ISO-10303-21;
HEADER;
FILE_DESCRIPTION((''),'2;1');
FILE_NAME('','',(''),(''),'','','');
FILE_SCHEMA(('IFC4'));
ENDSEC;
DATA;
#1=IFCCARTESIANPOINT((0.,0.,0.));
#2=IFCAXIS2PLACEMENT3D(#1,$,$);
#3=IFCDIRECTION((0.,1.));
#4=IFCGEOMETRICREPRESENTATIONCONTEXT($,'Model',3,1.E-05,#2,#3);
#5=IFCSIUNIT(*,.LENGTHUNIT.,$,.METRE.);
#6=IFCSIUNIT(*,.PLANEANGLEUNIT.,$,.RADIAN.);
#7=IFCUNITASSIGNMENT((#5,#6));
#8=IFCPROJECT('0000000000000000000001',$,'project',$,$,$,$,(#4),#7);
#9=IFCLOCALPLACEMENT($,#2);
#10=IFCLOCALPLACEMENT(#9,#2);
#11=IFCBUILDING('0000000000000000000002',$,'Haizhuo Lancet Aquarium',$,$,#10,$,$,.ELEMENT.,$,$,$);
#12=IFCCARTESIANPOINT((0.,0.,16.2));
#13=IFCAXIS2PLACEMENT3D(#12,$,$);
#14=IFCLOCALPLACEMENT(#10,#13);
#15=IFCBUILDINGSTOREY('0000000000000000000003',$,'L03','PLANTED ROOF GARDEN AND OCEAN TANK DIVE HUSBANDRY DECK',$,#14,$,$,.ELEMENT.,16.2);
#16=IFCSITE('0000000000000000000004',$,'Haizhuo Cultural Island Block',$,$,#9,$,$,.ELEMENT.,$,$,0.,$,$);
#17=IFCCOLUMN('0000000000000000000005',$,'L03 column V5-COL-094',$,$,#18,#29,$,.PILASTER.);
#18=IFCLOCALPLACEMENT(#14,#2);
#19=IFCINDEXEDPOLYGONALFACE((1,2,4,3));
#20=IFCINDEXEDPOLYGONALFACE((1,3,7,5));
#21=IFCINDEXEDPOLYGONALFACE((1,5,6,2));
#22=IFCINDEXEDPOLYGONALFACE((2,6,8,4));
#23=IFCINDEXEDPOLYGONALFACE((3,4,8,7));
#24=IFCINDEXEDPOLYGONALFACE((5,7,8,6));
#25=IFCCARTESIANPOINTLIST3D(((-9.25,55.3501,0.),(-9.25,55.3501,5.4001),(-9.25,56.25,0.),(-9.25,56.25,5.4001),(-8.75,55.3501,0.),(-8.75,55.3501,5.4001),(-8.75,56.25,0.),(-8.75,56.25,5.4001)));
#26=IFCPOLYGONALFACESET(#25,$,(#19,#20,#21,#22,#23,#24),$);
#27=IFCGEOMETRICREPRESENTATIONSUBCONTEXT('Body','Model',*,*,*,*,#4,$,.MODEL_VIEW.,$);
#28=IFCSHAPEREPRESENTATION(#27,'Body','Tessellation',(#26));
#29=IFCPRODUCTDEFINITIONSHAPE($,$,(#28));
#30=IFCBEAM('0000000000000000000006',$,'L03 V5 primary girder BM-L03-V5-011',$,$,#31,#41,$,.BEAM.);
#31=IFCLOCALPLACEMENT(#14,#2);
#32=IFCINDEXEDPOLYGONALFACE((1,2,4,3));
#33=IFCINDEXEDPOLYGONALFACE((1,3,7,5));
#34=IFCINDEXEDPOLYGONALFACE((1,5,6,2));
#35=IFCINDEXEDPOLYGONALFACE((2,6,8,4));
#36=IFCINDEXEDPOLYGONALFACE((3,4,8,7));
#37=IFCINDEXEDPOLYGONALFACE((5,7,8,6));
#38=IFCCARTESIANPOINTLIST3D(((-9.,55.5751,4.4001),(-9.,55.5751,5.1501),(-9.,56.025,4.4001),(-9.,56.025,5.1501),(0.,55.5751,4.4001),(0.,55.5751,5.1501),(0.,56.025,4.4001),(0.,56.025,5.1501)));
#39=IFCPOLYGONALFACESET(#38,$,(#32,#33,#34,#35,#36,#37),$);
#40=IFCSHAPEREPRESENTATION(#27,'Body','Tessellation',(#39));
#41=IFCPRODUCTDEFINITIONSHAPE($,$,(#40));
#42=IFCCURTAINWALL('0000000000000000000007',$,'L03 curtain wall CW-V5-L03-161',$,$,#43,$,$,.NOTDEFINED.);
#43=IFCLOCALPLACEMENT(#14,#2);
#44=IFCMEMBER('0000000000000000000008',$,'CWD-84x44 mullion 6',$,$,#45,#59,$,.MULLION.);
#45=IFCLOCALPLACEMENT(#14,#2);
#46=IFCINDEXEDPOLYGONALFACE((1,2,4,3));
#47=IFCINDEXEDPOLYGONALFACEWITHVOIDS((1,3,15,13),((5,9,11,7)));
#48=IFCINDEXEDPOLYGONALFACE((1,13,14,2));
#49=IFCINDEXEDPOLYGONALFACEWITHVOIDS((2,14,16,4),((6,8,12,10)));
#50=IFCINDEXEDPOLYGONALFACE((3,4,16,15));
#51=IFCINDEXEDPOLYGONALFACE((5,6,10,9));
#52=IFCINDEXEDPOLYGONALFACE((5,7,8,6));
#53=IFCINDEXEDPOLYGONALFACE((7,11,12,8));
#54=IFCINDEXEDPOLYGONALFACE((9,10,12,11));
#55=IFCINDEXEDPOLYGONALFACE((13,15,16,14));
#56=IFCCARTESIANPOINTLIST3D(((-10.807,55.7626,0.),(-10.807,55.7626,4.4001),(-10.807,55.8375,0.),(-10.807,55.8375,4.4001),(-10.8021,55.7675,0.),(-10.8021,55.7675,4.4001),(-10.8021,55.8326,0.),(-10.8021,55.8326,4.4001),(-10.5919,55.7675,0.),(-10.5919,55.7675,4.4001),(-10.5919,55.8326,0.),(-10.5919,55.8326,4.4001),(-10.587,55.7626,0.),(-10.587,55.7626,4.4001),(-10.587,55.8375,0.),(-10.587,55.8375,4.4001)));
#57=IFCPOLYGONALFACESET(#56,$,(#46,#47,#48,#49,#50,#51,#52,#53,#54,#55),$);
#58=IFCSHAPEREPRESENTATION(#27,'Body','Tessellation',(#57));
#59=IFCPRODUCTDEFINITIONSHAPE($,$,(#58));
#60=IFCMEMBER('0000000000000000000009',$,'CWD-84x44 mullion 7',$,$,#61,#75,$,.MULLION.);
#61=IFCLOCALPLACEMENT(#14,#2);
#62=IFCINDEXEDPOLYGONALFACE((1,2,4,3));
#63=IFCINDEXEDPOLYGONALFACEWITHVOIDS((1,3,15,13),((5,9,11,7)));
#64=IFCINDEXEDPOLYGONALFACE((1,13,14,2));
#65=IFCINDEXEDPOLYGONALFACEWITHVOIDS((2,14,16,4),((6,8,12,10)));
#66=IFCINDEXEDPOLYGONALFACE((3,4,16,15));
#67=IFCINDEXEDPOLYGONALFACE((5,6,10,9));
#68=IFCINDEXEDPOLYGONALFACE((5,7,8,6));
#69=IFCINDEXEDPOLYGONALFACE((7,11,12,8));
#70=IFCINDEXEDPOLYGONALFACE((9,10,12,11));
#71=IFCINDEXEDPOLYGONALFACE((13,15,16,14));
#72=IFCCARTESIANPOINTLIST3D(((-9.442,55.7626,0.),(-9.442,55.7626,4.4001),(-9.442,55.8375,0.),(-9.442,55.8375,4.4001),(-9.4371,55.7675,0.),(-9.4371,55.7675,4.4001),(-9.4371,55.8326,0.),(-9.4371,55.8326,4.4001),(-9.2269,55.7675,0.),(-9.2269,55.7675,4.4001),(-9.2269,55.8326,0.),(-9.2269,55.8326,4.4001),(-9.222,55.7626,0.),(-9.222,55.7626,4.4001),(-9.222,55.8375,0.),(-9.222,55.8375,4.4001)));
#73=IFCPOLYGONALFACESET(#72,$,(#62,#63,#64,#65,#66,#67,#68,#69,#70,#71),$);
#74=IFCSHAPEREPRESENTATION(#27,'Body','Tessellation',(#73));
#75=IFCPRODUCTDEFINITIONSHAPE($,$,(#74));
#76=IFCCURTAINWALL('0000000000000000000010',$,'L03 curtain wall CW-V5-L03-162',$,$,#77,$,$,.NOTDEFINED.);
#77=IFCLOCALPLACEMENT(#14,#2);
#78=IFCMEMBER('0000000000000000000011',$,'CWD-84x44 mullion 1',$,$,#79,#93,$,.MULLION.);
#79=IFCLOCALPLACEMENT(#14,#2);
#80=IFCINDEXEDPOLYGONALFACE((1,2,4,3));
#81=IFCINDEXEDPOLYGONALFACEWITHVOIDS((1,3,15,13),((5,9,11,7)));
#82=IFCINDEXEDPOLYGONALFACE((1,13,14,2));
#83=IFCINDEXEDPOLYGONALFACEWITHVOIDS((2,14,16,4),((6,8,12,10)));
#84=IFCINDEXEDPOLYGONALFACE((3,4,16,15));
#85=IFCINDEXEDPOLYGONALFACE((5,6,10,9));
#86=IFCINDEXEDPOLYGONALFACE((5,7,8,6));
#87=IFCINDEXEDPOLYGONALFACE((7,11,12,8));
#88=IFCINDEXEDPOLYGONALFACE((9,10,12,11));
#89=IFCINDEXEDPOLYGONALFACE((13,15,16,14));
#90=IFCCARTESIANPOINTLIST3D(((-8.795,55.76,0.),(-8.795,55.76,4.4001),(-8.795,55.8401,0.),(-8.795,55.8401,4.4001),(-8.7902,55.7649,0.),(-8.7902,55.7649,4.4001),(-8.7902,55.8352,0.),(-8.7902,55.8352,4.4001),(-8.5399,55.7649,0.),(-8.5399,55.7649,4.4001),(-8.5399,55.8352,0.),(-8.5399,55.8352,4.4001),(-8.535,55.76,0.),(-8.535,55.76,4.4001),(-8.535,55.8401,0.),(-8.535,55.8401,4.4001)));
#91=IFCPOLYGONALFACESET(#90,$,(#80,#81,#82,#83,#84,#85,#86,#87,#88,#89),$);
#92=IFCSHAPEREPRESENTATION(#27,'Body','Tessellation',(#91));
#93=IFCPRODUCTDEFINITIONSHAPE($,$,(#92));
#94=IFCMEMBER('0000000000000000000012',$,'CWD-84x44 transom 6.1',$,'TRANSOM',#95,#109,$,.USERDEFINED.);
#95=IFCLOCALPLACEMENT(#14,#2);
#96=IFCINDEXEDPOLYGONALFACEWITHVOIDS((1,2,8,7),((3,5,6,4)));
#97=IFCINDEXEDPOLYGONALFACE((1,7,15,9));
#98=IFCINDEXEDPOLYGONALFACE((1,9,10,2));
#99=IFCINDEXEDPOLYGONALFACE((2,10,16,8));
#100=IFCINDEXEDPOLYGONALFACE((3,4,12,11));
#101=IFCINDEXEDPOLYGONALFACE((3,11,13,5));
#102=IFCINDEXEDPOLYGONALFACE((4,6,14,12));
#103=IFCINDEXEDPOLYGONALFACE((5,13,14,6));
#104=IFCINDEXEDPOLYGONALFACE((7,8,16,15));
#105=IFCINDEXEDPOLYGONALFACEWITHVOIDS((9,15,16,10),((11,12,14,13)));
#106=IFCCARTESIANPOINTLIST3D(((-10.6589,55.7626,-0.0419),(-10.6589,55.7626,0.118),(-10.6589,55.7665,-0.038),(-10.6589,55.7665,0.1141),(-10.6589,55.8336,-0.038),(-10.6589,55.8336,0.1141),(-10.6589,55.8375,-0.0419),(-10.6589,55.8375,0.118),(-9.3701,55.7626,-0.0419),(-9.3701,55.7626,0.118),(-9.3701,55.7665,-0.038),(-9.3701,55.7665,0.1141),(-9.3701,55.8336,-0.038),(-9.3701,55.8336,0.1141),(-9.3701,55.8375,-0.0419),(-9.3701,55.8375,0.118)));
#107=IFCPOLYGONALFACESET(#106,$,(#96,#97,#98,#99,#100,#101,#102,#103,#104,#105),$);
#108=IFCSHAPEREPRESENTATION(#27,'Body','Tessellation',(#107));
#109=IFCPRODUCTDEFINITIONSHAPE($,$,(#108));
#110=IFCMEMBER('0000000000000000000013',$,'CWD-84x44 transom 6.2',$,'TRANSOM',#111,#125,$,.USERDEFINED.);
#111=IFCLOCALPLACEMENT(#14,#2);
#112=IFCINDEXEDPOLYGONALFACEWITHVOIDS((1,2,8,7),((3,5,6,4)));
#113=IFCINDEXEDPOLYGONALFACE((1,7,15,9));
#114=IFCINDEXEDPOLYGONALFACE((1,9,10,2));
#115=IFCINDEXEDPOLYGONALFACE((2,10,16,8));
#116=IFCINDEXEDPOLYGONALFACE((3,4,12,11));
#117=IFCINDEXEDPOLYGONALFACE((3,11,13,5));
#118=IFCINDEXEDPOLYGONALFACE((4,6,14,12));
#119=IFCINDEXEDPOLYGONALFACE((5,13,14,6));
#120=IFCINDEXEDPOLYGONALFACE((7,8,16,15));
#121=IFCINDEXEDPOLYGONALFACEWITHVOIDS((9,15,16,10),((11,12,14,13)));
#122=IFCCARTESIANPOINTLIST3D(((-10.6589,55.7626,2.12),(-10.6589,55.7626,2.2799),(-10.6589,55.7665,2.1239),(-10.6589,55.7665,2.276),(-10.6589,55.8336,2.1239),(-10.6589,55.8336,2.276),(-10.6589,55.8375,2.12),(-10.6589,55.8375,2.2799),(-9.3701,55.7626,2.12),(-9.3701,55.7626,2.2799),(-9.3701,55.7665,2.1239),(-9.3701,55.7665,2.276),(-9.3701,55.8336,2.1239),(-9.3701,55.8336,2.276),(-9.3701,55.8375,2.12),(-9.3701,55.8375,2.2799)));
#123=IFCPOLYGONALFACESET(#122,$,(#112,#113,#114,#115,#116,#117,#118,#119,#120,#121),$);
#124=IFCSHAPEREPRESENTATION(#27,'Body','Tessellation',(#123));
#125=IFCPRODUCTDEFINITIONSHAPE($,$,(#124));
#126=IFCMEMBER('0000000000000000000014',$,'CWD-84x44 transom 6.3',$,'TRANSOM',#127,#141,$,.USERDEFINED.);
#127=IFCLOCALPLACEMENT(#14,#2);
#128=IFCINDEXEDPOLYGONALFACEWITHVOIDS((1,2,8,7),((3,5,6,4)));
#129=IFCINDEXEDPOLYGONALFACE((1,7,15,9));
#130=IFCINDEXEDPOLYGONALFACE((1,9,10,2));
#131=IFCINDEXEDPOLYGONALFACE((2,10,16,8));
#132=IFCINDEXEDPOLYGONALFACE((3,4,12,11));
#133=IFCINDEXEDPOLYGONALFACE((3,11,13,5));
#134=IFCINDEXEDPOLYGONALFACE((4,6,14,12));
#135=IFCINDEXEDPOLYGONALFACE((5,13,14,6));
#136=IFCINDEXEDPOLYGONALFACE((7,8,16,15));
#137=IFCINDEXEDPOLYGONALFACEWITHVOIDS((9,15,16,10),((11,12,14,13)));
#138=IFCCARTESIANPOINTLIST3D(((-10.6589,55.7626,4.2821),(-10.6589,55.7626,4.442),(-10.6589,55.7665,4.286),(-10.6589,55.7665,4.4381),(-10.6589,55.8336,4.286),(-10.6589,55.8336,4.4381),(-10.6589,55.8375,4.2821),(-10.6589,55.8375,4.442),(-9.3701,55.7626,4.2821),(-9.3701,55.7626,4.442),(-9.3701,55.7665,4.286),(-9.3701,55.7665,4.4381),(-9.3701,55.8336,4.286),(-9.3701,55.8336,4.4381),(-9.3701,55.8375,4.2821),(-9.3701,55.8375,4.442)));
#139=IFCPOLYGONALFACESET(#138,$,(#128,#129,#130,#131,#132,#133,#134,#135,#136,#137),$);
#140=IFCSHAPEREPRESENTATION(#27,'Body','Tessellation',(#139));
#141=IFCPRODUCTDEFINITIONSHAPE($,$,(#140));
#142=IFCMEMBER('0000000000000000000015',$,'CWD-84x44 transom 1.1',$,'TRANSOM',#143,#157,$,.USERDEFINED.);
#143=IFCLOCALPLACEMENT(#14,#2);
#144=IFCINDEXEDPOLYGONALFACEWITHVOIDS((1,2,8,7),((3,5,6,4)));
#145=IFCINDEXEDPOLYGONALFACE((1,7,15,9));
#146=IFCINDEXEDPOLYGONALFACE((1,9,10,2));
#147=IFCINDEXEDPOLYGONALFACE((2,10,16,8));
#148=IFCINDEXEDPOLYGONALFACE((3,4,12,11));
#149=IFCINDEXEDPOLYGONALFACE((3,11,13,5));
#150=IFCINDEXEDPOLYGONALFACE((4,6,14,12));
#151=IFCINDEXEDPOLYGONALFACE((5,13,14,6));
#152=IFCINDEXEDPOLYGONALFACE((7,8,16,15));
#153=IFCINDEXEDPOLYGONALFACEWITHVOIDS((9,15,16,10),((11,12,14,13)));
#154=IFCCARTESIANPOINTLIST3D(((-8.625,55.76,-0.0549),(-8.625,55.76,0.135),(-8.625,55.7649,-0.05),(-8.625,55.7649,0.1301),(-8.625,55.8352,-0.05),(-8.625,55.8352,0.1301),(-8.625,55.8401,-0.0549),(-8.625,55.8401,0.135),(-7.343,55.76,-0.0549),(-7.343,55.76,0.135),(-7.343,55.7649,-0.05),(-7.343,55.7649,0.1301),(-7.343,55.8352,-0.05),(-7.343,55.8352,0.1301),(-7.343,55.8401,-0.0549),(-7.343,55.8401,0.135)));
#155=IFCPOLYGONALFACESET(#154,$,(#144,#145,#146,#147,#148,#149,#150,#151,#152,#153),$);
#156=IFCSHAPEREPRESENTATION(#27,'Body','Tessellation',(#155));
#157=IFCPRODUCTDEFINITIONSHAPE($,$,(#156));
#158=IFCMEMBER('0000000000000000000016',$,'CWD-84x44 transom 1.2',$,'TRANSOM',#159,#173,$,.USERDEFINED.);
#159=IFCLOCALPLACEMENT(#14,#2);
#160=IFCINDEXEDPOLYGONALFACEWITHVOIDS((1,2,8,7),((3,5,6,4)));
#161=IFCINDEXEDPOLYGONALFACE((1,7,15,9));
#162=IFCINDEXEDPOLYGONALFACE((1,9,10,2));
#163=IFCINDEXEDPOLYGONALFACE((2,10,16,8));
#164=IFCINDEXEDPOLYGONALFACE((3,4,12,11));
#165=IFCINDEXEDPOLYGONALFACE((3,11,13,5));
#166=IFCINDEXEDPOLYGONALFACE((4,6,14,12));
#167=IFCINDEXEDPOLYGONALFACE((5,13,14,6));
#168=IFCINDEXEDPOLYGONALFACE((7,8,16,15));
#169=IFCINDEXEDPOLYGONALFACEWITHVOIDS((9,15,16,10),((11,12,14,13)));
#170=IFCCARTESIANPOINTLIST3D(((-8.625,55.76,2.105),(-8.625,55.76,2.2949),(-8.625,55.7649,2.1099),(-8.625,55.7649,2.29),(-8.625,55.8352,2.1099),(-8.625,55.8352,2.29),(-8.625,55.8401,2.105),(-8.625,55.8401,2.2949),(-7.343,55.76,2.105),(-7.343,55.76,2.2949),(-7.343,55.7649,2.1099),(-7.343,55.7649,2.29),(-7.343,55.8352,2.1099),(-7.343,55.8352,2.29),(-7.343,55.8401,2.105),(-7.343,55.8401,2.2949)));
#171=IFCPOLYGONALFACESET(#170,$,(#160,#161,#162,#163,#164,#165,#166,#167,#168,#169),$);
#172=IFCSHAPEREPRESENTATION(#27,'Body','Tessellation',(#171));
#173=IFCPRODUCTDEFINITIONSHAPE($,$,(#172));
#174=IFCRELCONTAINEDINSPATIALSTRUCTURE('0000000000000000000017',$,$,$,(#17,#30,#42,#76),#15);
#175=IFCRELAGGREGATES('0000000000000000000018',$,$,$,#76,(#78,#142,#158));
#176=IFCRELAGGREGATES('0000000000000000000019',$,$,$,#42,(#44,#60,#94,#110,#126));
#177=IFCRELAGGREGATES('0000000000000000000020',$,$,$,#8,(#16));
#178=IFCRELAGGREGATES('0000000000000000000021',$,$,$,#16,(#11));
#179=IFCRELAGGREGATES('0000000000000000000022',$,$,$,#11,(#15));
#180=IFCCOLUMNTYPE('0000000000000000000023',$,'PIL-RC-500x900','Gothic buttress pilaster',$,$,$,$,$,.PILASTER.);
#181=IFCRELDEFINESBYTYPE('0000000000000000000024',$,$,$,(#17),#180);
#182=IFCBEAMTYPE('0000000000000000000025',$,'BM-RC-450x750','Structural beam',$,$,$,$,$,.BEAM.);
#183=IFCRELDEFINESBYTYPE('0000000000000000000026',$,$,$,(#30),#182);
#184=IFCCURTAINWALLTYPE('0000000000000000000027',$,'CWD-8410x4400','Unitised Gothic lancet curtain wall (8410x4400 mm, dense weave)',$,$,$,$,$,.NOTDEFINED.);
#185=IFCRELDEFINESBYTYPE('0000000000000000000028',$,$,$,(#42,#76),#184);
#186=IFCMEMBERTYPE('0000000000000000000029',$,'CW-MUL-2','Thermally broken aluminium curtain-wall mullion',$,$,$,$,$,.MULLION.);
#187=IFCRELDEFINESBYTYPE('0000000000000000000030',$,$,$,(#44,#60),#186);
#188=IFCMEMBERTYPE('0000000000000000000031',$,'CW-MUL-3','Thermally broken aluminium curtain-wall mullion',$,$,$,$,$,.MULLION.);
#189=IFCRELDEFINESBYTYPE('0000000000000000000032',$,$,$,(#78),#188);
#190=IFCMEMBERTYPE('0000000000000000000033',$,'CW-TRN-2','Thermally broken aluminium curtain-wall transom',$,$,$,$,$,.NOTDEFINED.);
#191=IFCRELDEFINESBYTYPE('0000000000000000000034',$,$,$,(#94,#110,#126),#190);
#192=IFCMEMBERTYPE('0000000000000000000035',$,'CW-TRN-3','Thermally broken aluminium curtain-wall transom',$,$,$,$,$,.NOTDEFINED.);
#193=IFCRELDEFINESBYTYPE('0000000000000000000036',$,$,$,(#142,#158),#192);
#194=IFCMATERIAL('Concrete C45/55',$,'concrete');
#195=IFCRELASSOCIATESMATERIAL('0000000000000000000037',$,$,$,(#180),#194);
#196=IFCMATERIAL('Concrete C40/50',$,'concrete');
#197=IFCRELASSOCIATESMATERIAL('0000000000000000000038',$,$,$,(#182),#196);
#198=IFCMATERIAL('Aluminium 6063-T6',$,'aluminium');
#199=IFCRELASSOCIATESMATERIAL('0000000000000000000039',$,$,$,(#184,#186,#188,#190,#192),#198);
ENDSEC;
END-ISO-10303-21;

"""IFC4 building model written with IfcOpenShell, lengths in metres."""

from ifc_helpers import new_model, si_unit, direction, frame, origin, origin_2d, place, context, subcontext, project, spatial, rectangle, hollow_rectangle, extrude, material, material_profile, profile_set, type_object, element, aggregate, save


model = new_model("IFC4")

# Units and contexts
model_context = context("Model", 3, precision=1e-05, world=origin(), true_north=direction((0.0, 1.0)))
body_context = subcontext(model_context, "Body", "Model", "MODEL_VIEW")
ifc_project = project(units=[si_unit("LENGTHUNIT", "METRE"), si_unit("PLANEANGLEUNIT", "RADIAN")], contexts=[model_context])

# Site, building, storey
site_placement = place(None, origin())
site = spatial("IfcSite", under=ifc_project, at=site_placement, Name="Haizhuo Cultural Island Block", CompositionType="ELEMENT", RefElevation=0.0)
building_placement = place(site_placement, origin())
building = spatial("IfcBuilding", under=site, at=building_placement, Name="Haizhuo Lancet Aquarium", CompositionType="ELEMENT")
storey_placement = place(building_placement, frame((0.0, 0.0, 16.2)))
storey = spatial("IfcBuildingStorey", under=building, at=storey_placement, Name="L03", Description="PLANTED ROOF GARDEN AND OCEAN TANK DIVE HUSBANDRY DECK", CompositionType="ELEMENT", Elevation=16.2)

# Column
ifc_material_1 = material(Name="Concrete C45/55", Category="concrete")
ifc_material_profile_1 = material_profile(ifc_material_1, rectangle(XDim=0.5, YDim=0.8999, at=origin_2d()), Name="RC-PIL 500x900")
ifc_profile_set_1 = profile_set([ifc_material_profile_1], Name="Concrete C45/55")
column_type = type_object("IfcColumnType", Name="PIL-RC-500x900", Description="Gothic buttress pilaster", PredefinedType="PILASTER", material=ifc_profile_set_1)
column_placement = place(storey_placement, frame((-9.0, 55.8, 0.0), z_axis=(0.0, 0.0, 1.0), x_axis=(1.0, 0.0, 0.0)))
element("IfcColumn", 1, at=column_placement, inside=storey, type_object=column_type, Name="L03 column V5-COL-094", PredefinedType="PILASTER", context=body_context, shape_type="SweptSolid", body=[
    extrude(rectangle(XDim=0.5, YDim=0.8999, at=origin_2d()), origin(), (0.0, 0.0, 1.0), 5.4001),
])

# Beam
ifc_material_2 = material(Name="Concrete C40/50", Category="concrete")
ifc_material_profile_2 = material_profile(ifc_material_2, rectangle(XDim=0.45, YDim=0.75, at=origin_2d()), Name="RC-BM 450x750")
ifc_profile_set_2 = profile_set([ifc_material_profile_2], Name="Concrete C40/50")
beam_type = type_object("IfcBeamType", Name="BM-RC-450x750", Description="Structural beam", PredefinedType="BEAM", material=ifc_profile_set_2)
beam_placement = place(storey_placement, frame((-9.0, 55.8, 4.7751), z_axis=(1.0, 0.0, 0.0), x_axis=(0.0, 1.0, 0.0)))
element("IfcBeam", 2, at=beam_placement, inside=storey, type_object=beam_type, Name="L03 V5 primary girder BM-L03-V5-011", PredefinedType="BEAM", context=body_context, shape_type="SweptSolid", body=[
    extrude(rectangle(XDim=0.45, YDim=0.75, at=origin_2d()), origin(), (0.0, 0.0, 1.0), 9.0),
])

# Curtain wall, members
ifc_material_3 = material(Name="Aluminium 6063-T6", Category="aluminium")
curtain_wall_type = type_object("IfcCurtainWallType", Name="CWD-8410x4400", Description="Unitised Gothic lancet curtain wall (8410x4400 mm, dense weave)", PredefinedType="NOTDEFINED", material=ifc_material_3)
curtain_wall_1_placement = place(storey_placement, origin())
curtain_wall_1 = element("IfcCurtainWall", 3, at=curtain_wall_1_placement, inside=storey, type_object=curtain_wall_type, Name="L03 curtain wall CW-V5-L03-161", PredefinedType="NOTDEFINED")
ifc_material_profile_3 = material_profile(ifc_material_3, hollow_rectangle(XDim=0.075, YDim=0.22, WallThickness=0.0049, at=origin_2d()), Name="ALU-M 75x220x5")
ifc_profile_set_3 = profile_set([ifc_material_profile_3], Name="Aluminium 6063-T6")
member_type_1 = type_object("IfcMemberType", Name="CW-MUL-2", Description="Thermally broken aluminium curtain-wall mullion", PredefinedType="MULLION", material=ifc_profile_set_3)
member_1_placement = place(storey_placement, frame((-10.697, 55.8, 0.0), z_axis=(0.0, 0.0, 1.0), x_axis=(0.0, 1.0, 0.0)))
member_1 = element("IfcMember", 4, at=member_1_placement, type_object=member_type_1, Name="CWD-84x44 mullion 6", PredefinedType="MULLION", context=body_context, shape_type="SweptSolid", body=[
    extrude(hollow_rectangle(XDim=0.075, YDim=0.22, WallThickness=0.0049, at=origin_2d()), origin(), (0.0, 0.0, 1.0), 4.4001),
])
member_2_placement = place(storey_placement, frame((-9.332, 55.8, 0.0), z_axis=(0.0, 0.0, 1.0), x_axis=(0.0, 1.0, 0.0)))
member_2 = element("IfcMember", 5, at=member_2_placement, type_object=member_type_1, Name="CWD-84x44 mullion 7", PredefinedType="MULLION", context=body_context, shape_type="SweptSolid", body=[
    extrude(hollow_rectangle(XDim=0.075, YDim=0.22, WallThickness=0.0049, at=origin_2d()), origin(), (0.0, 0.0, 1.0), 4.4001),
])

# Curtain wall, member
curtain_wall_2_placement = place(storey_placement, origin())
curtain_wall_2 = element("IfcCurtainWall", 6, at=curtain_wall_2_placement, inside=storey, type_object=curtain_wall_type, Name="L03 curtain wall CW-V5-L03-162", PredefinedType="NOTDEFINED")
ifc_material_profile_4 = material_profile(ifc_material_3, hollow_rectangle(XDim=0.0801, YDim=0.26, WallThickness=0.0049, at=origin_2d()), Name="ALU-M 80x260x5")
ifc_profile_set_4 = profile_set([ifc_material_profile_4], Name="Aluminium 6063-T6")
member_type_2 = type_object("IfcMemberType", Name="CW-MUL-3", Description="Thermally broken aluminium curtain-wall mullion", PredefinedType="MULLION", material=ifc_profile_set_4)
member_3_placement = place(storey_placement, frame((-8.665, 55.8, 0.0), z_axis=(0.0, 0.0, 1.0), x_axis=(0.0, 1.0, 0.0)))
member_3 = element("IfcMember", 7, at=member_3_placement, type_object=member_type_2, Name="CWD-84x44 mullion 1", PredefinedType="MULLION", context=body_context, shape_type="SweptSolid", body=[
    extrude(hollow_rectangle(XDim=0.0801, YDim=0.26, WallThickness=0.0049, at=origin_2d()), origin(), (0.0, 0.0, 1.0), 4.4001),
])

# Members
ifc_material_profile_5 = material_profile(ifc_material_3, hollow_rectangle(XDim=0.075, YDim=0.1599, WallThickness=0.0039, at=origin_2d()), Name="ALU-T 75x160x4")
ifc_profile_set_5 = profile_set([ifc_material_profile_5], Name="Aluminium 6063-T6")
member_type_3 = type_object("IfcMemberType", Name="CW-TRN-2", Description="Thermally broken aluminium curtain-wall transom", PredefinedType="NOTDEFINED", material=ifc_profile_set_5)
member_4_placement = place(storey_placement, frame((-10.6589, 55.8, 0.0381), z_axis=(1.0, 0.0, 0.0), x_axis=(0.0, 1.0, 0.0)))
member_4 = element("IfcMember", 8, at=member_4_placement, type_object=member_type_3, Name="CWD-84x44 transom 6.1", ObjectType="TRANSOM", PredefinedType="USERDEFINED", context=body_context, shape_type="SweptSolid", body=[
    extrude(hollow_rectangle(XDim=0.075, YDim=0.1599, WallThickness=0.0039, at=origin_2d()), origin(), (0.0, 0.0, 1.0), 1.2888),
])
member_5_placement = place(storey_placement, frame((-10.6589, 55.8, 2.2), z_axis=(1.0, 0.0, 0.0), x_axis=(0.0, 1.0, 0.0)))
member_5 = element("IfcMember", 9, at=member_5_placement, type_object=member_type_3, Name="CWD-84x44 transom 6.2", ObjectType="TRANSOM", PredefinedType="USERDEFINED", context=body_context, shape_type="SweptSolid", body=[
    extrude(hollow_rectangle(XDim=0.075, YDim=0.1599, WallThickness=0.0039, at=origin_2d()), origin(), (0.0, 0.0, 1.0), 1.2888),
])
member_6_placement = place(storey_placement, frame((-10.6589, 55.8, 4.3621), z_axis=(1.0, 0.0, 0.0), x_axis=(0.0, 1.0, 0.0)))
member_6 = element("IfcMember", 10, at=member_6_placement, type_object=member_type_3, Name="CWD-84x44 transom 6.3", ObjectType="TRANSOM", PredefinedType="USERDEFINED", context=body_context, shape_type="SweptSolid", body=[
    extrude(hollow_rectangle(XDim=0.075, YDim=0.1599, WallThickness=0.0039, at=origin_2d()), origin(), (0.0, 0.0, 1.0), 1.2888),
])
ifc_material_profile_6 = material_profile(ifc_material_3, hollow_rectangle(XDim=0.0801, YDim=0.1899, WallThickness=0.0049, at=origin_2d()), Name="ALU-T 80x190x5")
ifc_profile_set_6 = profile_set([ifc_material_profile_6], Name="Aluminium 6063-T6")
member_type_4 = type_object("IfcMemberType", Name="CW-TRN-3", Description="Thermally broken aluminium curtain-wall transom", PredefinedType="NOTDEFINED", material=ifc_profile_set_6)
member_7_placement = place(storey_placement, frame((-8.625, 55.8, 0.04), z_axis=(1.0, 0.0, 0.0), x_axis=(0.0, 1.0, 0.0)))
member_7 = element("IfcMember", 11, at=member_7_placement, type_object=member_type_4, Name="CWD-84x44 transom 1.1", ObjectType="TRANSOM", PredefinedType="USERDEFINED", context=body_context, shape_type="SweptSolid", body=[
    extrude(hollow_rectangle(XDim=0.0801, YDim=0.1899, WallThickness=0.0049, at=origin_2d()), origin(), (0.0, 0.0, 1.0), 1.282),
])
member_8_placement = place(storey_placement, frame((-8.625, 55.8, 2.2), z_axis=(1.0, 0.0, 0.0), x_axis=(0.0, 1.0, 0.0)))
member_8 = element("IfcMember", 12, at=member_8_placement, type_object=member_type_4, Name="CWD-84x44 transom 1.2", ObjectType="TRANSOM", PredefinedType="USERDEFINED", context=body_context, shape_type="SweptSolid", body=[
    extrude(hollow_rectangle(XDim=0.0801, YDim=0.1899, WallThickness=0.0049, at=origin_2d()), origin(), (0.0, 0.0, 1.0), 1.282),
])
aggregate(curtain_wall_2, [member_3, member_7, member_8])

aggregate(curtain_wall_1, [member_1, member_2, member_4, member_5, member_6])

save(model, "model.ifc")
